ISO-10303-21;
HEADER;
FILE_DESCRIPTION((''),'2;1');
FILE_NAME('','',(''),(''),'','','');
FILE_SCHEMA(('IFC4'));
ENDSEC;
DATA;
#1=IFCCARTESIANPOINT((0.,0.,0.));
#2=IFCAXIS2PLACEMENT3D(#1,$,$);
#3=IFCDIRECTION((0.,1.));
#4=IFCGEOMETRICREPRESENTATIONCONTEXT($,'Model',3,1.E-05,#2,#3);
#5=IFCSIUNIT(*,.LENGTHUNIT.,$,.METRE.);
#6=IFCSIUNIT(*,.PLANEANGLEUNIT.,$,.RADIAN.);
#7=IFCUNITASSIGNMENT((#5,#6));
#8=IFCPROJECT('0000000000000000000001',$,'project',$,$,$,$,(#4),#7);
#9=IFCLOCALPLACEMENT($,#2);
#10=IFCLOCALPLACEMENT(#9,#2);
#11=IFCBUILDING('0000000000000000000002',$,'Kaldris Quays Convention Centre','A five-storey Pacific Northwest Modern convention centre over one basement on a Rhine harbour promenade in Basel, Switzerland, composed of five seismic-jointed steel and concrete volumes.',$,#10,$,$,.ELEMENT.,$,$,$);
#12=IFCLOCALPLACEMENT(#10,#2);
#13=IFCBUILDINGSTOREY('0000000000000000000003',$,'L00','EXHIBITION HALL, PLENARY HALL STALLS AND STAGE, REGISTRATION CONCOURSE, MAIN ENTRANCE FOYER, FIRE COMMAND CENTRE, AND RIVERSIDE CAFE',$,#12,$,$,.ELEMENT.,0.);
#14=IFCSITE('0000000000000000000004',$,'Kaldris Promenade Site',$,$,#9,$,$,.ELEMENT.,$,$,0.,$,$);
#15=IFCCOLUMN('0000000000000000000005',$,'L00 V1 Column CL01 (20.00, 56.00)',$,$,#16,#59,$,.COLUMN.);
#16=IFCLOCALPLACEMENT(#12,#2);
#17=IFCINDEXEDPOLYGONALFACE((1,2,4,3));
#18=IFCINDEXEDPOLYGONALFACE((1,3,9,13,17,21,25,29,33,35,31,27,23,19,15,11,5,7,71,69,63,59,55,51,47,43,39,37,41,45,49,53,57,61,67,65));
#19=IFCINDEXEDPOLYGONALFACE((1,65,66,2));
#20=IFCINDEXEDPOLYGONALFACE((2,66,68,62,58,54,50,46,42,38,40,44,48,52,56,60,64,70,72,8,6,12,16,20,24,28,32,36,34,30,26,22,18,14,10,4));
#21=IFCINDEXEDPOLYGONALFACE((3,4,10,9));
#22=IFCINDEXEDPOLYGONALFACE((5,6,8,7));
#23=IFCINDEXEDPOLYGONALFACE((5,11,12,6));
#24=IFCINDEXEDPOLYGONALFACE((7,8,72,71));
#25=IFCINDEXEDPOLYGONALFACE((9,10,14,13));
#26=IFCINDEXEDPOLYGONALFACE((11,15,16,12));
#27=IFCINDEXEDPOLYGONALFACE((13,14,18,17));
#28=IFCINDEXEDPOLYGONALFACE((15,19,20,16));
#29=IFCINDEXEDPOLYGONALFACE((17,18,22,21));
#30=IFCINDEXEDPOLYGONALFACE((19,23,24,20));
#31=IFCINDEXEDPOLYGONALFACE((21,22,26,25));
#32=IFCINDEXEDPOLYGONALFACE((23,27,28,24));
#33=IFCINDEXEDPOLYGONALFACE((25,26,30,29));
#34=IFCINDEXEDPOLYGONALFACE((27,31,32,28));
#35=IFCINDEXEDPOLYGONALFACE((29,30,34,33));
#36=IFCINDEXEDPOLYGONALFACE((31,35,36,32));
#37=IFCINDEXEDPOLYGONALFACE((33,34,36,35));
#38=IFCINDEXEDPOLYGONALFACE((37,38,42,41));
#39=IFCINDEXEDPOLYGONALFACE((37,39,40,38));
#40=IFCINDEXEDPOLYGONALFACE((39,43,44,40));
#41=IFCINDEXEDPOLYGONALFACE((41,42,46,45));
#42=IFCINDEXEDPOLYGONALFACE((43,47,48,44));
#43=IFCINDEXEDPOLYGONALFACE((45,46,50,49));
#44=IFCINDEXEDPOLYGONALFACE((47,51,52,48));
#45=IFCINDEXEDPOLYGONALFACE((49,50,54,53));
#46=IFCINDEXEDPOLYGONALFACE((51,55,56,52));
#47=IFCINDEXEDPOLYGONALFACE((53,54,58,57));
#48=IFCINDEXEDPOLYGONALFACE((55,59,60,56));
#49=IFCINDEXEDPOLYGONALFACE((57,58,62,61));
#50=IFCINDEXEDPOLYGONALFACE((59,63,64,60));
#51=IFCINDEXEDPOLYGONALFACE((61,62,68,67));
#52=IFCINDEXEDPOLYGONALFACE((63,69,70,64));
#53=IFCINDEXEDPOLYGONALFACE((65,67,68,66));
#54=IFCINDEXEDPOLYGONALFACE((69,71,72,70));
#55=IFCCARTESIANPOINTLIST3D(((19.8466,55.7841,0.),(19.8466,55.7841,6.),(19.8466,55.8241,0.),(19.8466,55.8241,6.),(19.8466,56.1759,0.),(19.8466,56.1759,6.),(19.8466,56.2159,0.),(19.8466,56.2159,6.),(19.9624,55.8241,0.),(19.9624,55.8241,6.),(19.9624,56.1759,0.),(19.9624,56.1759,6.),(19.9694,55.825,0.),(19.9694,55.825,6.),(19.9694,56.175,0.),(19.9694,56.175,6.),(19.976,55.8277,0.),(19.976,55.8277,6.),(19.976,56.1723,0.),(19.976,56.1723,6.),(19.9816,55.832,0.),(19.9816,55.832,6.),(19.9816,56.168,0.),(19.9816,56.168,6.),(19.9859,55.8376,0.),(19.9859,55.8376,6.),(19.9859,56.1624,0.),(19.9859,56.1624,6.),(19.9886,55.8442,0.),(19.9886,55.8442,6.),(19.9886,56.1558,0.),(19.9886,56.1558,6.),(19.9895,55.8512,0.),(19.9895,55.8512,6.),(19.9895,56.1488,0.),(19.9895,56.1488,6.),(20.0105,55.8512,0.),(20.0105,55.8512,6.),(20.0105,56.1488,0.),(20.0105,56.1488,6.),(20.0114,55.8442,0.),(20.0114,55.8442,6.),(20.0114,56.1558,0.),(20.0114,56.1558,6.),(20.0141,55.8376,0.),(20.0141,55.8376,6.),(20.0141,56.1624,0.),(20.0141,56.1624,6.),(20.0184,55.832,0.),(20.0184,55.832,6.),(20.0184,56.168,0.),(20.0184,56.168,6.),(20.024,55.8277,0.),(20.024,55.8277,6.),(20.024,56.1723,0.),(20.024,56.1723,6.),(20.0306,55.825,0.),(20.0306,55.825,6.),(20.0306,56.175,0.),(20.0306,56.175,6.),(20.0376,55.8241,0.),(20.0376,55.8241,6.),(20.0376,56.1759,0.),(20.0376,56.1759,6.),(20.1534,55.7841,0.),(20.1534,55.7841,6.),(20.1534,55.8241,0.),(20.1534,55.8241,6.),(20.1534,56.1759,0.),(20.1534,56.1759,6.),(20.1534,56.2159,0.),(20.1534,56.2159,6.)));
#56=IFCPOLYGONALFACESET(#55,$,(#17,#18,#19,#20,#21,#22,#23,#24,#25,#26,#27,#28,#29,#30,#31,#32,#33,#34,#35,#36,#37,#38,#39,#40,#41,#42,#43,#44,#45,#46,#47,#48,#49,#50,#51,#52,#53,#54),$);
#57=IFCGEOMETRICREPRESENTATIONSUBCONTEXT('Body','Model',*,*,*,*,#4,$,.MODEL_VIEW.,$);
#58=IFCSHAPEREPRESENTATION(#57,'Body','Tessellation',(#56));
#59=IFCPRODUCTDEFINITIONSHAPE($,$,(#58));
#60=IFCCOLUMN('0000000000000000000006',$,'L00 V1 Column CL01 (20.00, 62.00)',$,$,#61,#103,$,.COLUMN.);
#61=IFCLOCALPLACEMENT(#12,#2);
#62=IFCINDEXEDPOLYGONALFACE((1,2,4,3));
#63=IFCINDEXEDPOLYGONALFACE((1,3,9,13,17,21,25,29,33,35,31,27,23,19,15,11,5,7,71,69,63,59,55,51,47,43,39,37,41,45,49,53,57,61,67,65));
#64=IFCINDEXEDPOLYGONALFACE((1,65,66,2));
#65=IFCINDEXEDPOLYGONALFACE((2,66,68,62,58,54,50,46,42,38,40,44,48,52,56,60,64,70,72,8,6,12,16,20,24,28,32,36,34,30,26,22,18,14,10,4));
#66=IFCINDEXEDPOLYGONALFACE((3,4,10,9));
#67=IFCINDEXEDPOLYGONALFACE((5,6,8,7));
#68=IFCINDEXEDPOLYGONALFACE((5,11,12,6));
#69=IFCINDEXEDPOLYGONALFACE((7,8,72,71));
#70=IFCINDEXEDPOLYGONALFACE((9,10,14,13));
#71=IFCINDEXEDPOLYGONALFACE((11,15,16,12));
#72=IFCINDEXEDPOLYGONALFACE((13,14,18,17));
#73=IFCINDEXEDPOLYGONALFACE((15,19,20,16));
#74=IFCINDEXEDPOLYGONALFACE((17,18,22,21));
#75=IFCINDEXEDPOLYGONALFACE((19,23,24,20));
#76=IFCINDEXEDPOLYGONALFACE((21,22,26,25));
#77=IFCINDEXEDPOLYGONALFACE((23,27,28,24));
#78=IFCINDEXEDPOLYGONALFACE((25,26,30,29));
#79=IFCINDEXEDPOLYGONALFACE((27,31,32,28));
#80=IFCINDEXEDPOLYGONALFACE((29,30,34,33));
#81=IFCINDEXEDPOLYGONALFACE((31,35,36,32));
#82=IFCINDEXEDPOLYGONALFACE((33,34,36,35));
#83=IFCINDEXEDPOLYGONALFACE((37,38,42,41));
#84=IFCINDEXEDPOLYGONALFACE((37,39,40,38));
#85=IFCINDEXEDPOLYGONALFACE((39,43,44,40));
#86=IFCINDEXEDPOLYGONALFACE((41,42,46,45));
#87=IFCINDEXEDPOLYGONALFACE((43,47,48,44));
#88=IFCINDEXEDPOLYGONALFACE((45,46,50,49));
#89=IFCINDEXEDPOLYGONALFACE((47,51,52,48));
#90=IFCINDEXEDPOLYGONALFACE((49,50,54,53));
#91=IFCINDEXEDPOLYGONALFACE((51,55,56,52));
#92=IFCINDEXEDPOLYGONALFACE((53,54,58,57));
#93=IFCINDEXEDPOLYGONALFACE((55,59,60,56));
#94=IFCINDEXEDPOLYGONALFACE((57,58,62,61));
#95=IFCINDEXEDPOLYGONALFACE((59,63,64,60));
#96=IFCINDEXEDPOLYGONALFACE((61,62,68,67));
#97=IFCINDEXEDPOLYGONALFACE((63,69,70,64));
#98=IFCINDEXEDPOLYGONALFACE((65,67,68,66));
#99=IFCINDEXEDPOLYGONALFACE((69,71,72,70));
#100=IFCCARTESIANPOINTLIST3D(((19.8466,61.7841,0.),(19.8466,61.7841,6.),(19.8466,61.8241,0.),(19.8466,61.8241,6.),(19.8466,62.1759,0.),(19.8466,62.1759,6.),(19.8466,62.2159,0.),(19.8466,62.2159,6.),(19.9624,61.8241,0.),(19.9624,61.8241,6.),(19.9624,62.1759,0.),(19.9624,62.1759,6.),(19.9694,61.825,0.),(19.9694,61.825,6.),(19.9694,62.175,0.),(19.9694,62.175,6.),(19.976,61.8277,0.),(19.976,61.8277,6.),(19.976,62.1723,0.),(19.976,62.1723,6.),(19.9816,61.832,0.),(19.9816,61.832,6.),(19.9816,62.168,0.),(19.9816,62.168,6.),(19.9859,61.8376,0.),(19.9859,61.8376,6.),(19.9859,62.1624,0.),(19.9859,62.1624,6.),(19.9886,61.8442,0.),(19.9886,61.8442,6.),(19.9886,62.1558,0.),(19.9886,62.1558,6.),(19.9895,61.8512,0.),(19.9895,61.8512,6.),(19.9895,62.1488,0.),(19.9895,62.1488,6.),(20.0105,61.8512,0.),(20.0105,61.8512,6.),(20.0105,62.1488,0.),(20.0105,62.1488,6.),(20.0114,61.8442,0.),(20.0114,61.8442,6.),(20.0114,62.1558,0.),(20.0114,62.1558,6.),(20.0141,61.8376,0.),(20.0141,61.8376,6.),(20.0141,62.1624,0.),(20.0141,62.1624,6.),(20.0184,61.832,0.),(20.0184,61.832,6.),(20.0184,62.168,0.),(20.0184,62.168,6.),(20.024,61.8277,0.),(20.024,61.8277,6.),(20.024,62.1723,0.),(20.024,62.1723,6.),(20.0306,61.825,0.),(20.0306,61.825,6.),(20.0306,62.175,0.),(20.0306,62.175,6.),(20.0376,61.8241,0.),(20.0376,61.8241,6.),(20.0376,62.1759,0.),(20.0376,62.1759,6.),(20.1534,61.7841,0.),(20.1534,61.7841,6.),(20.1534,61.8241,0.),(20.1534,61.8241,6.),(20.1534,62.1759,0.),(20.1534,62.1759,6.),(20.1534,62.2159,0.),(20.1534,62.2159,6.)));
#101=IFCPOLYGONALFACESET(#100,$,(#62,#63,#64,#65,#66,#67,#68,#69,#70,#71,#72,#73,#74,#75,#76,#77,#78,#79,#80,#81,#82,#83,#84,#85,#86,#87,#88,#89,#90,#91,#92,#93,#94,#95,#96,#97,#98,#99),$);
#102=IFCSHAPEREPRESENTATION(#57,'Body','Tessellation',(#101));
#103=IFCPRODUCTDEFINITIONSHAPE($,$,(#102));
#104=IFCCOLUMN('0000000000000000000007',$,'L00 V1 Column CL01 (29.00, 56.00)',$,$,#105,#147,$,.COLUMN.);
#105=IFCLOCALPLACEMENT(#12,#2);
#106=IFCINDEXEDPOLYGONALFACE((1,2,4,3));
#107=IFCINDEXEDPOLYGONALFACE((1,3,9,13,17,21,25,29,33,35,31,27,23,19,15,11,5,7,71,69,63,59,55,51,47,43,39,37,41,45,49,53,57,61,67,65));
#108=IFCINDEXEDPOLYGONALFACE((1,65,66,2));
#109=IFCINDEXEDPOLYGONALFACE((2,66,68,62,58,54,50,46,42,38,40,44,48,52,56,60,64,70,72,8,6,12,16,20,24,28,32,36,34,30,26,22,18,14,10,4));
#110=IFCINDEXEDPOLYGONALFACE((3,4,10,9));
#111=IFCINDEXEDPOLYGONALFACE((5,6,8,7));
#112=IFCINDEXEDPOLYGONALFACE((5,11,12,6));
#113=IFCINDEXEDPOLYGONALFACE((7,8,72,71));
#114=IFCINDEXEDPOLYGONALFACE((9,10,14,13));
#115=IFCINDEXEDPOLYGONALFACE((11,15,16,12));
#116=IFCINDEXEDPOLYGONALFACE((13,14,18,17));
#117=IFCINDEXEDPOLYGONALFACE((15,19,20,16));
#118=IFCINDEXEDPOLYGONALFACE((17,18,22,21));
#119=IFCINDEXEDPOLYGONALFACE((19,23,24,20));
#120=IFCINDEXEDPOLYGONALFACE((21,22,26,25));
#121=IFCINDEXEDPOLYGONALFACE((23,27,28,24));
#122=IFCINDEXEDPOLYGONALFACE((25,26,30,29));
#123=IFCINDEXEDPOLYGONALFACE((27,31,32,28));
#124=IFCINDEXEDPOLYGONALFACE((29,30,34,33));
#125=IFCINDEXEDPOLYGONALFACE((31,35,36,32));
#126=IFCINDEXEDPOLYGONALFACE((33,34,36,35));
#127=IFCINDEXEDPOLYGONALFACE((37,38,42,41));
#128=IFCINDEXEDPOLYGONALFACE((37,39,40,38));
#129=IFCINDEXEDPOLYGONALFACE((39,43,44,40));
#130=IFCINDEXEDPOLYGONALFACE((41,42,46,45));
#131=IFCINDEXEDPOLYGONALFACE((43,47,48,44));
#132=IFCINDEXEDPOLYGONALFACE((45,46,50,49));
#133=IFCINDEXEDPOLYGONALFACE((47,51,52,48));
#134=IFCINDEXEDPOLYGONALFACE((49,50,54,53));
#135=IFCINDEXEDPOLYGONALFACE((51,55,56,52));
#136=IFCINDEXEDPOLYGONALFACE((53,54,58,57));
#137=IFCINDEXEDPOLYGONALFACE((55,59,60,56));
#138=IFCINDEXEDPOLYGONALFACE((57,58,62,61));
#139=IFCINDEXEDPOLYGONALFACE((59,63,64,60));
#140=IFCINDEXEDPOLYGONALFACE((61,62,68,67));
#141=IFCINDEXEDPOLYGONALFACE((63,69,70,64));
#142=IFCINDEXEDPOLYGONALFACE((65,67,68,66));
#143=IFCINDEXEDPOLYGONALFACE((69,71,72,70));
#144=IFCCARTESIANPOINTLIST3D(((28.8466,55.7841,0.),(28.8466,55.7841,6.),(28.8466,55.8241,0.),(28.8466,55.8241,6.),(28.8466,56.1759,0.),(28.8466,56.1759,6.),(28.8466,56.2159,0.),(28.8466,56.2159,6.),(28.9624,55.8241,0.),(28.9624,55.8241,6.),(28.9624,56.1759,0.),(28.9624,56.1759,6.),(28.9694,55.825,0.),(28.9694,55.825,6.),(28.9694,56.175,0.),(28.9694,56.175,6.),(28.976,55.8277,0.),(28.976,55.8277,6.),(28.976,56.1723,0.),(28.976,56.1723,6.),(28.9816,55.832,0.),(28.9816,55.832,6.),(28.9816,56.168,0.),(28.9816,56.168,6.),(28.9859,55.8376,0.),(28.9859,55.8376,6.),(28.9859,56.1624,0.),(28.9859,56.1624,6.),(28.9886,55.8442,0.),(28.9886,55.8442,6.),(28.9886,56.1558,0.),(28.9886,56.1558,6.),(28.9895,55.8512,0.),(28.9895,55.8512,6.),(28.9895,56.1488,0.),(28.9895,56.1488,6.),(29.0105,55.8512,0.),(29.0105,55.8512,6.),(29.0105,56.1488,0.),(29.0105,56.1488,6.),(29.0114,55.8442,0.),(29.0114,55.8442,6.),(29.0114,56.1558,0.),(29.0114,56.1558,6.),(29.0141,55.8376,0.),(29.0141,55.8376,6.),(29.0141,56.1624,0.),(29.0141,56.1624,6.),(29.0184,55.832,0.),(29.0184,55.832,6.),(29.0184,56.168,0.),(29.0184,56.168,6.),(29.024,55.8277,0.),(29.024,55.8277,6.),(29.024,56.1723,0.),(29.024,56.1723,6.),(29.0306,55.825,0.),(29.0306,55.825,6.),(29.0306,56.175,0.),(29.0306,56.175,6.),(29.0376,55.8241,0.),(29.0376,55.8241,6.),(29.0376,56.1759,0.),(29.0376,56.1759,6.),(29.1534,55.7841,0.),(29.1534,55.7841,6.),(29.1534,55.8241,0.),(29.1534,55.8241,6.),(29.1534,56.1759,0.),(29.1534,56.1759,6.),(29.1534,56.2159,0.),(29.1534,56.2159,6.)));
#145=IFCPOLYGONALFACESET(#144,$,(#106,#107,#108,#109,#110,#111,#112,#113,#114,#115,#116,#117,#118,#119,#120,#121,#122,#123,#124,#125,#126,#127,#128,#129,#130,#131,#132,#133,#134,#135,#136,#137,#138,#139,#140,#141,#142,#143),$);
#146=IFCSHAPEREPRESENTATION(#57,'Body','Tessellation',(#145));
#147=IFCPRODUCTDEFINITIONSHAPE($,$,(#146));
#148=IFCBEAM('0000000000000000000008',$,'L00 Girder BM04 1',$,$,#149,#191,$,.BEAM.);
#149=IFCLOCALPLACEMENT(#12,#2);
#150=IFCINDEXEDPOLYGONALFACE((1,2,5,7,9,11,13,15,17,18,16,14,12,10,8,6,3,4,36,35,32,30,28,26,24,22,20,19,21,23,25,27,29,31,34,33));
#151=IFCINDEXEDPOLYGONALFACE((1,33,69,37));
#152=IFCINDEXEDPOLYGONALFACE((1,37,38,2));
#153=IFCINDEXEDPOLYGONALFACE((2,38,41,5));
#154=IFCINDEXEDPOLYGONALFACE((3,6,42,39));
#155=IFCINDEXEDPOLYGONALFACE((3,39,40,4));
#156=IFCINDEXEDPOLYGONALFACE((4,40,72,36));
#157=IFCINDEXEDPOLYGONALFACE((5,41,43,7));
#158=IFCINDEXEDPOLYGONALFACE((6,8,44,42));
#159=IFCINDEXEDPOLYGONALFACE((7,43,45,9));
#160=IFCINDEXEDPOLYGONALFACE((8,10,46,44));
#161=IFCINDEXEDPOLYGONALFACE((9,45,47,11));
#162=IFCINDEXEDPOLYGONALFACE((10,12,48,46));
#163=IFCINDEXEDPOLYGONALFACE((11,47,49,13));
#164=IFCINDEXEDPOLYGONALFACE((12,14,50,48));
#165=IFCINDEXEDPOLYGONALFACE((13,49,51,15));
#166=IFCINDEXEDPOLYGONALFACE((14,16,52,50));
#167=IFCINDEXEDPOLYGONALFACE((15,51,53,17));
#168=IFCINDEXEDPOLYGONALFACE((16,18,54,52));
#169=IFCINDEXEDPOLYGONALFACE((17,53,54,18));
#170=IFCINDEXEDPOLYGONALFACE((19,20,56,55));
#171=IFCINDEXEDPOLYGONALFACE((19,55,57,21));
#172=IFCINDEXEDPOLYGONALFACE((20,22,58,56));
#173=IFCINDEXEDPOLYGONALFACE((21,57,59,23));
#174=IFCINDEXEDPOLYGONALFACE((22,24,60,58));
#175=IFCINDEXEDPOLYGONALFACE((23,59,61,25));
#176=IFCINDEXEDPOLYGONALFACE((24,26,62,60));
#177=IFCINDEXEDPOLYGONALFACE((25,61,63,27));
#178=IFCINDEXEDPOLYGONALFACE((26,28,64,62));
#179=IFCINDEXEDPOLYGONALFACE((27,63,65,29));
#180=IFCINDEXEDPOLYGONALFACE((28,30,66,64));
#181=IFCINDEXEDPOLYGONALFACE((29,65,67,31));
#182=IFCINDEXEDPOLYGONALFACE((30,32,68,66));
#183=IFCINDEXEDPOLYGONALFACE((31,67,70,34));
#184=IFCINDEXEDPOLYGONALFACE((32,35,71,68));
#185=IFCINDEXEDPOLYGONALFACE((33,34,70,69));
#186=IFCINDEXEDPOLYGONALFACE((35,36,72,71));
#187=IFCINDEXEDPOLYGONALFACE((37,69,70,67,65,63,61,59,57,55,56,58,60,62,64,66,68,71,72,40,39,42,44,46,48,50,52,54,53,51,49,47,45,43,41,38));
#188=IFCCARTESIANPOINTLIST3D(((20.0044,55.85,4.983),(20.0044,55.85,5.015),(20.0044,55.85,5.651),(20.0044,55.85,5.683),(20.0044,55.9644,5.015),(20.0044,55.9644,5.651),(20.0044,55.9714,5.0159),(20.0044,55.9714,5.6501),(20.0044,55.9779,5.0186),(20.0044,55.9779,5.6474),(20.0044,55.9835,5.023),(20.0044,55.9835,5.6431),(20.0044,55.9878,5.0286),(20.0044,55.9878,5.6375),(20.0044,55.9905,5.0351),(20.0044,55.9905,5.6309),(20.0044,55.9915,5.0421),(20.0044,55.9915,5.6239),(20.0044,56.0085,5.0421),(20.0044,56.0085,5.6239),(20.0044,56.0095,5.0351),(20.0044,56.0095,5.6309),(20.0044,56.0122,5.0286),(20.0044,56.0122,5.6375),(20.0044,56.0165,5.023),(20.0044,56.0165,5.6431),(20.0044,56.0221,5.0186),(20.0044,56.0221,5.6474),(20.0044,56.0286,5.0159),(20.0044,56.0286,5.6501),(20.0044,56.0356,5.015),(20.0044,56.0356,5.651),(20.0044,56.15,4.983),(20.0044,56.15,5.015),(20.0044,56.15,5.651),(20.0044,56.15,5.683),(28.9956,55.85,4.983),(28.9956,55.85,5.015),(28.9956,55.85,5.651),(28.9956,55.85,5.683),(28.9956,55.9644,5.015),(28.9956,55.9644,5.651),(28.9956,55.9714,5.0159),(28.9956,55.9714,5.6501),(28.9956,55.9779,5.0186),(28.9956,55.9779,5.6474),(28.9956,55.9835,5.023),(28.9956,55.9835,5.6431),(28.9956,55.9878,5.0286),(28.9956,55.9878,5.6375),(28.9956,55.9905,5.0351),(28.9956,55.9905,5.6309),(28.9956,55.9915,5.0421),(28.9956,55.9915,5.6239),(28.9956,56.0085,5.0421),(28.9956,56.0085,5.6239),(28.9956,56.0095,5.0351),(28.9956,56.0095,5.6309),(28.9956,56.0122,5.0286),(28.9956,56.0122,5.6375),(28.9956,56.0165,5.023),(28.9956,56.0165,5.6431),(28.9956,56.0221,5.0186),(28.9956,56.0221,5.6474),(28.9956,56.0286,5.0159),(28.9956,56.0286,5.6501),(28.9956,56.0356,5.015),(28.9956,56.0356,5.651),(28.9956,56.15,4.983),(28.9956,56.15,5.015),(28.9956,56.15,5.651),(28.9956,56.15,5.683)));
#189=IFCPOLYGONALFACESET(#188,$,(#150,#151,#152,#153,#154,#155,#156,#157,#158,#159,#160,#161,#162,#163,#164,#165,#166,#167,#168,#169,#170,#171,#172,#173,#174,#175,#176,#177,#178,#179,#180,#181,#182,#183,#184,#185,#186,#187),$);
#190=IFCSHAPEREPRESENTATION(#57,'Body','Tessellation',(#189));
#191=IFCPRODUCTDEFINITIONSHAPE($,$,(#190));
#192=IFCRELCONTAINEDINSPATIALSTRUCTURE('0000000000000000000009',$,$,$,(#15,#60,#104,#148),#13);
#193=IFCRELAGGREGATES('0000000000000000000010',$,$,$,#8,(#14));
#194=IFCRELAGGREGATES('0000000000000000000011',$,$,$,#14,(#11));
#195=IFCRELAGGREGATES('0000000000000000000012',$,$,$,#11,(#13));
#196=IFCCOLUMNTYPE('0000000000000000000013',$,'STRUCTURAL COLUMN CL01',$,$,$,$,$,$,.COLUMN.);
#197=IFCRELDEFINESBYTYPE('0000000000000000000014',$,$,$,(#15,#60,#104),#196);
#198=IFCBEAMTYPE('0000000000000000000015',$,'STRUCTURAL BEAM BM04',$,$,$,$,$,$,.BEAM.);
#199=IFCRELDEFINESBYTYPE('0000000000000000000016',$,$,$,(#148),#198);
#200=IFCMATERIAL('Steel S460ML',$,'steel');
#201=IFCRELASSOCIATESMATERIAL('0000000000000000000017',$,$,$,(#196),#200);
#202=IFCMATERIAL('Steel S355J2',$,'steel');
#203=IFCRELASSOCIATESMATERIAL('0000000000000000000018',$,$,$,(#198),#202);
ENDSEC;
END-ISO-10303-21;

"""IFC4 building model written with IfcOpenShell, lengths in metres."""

from ifc_helpers import new_model, si_unit, direction, frame, origin, origin_2d, place, context, subcontext, project, spatial, i_section, extrude, material, material_profile, profile_set, type_object, element, save


model = new_model("IFC4")

# Units and contexts
model_context = context("Model", 3, precision=1e-05, world=origin(), true_north=direction((0.0, 1.0)))
body_context = subcontext(model_context, "Body", "Model", "MODEL_VIEW")
ifc_project = project(units=[si_unit("LENGTHUNIT", "METRE"), si_unit("PLANEANGLEUNIT", "RADIAN")], contexts=[model_context])

# Site, building, storey
site_placement = place(None, origin())
site = spatial("IfcSite", under=ifc_project, at=site_placement, Name="Kaldris Promenade Site", CompositionType="ELEMENT", RefElevation=0.0)
building_placement = place(site_placement, origin())
building = spatial("IfcBuilding", under=site, at=building_placement, Name="Kaldris Quays Convention Centre", Description="A five-storey Pacific Northwest Modern convention centre over one basement on a Rhine harbour promenade in Basel, Switzerland, composed of five seismic-jointed steel and concrete volumes.", CompositionType="ELEMENT")
storey_placement = place(building_placement, origin())
storey = spatial("IfcBuildingStorey", under=building, at=storey_placement, Name="L00", Description="EXHIBITION HALL, PLENARY HALL STALLS AND STAGE, REGISTRATION CONCOURSE, MAIN ENTRANCE FOYER, FIRE COMMAND CENTRE, AND RIVERSIDE CAFE", CompositionType="ELEMENT", Elevation=0.0)

# Columns
ifc_material_1 = material(Name="Steel S460ML", Category="steel")
ifc_material_profile_1 = material_profile(ifc_material_1, i_section(OverallWidth=0.3069, OverallDepth=0.4319, WebThickness=0.021, FlangeThickness=0.04, FilletRadius=0.0271, at=origin_2d()), Name="HEM 400")
ifc_profile_set_1 = profile_set([ifc_material_profile_1], Name="Steel S460ML")
column_type = type_object("IfcColumnType", Name="STRUCTURAL COLUMN CL01", PredefinedType="COLUMN", material=ifc_profile_set_1)
for number, where, z_axis, x_axis, name in (
    (1, (20.0, 56.0, 0.0), (0.0, 0.0, 1.0), (1.0, 0.0, 0.0), "L00 V1 Column CL01 (20.00, 56.00)"),
    (2, (20.0, 62.0, 0.0), (0.0, 0.0, 1.0), (1.0, 0.0, 0.0), "L00 V1 Column CL01 (20.00, 62.00)"),
    (3, (29.0, 56.0, 0.0), (0.0, 0.0, 1.0), (1.0, 0.0, 0.0), "L00 V1 Column CL01 (29.00, 56.00)"),
):
    element("IfcColumn", number, at=place(storey_placement, frame(where, z_axis=z_axis, x_axis=x_axis)), inside=storey, type_object=column_type, Name=name, PredefinedType="COLUMN", context=body_context, shape_type="SweptSolid", body=[
        extrude(i_section(OverallWidth=0.3069, OverallDepth=0.4319, WebThickness=0.021, FlangeThickness=0.04, FilletRadius=0.0271, at=origin_2d()), origin(), (0.0, 0.0, 1.0), 6.0),
    ])

# Beam
ifc_material_2 = material(Name="Steel S355J2", Category="steel")
ifc_material_profile_2 = material_profile(ifc_material_2, i_section(OverallWidth=0.3, OverallDepth=0.7, WebThickness=0.0171, FlangeThickness=0.032, FilletRadius=0.0271, at=origin_2d()), Name="HEB 700")
ifc_profile_set_2 = profile_set([ifc_material_profile_2], Name="Steel S355J2")
beam_type_1 = type_object("IfcBeamType", Name="STRUCTURAL BEAM BM04", PredefinedType="BEAM", material=ifc_profile_set_2)
for number, where, z_axis, x_axis, name in (
    (4, (20.0044, 56.0, 5.333), (1.0, 0.0, 0.0), (0.0, 1.0, 0.0), "L00 Girder BM04 1"),
):
    element("IfcBeam", number, at=place(storey_placement, frame(where, z_axis=z_axis, x_axis=x_axis)), inside=storey, type_object=beam_type_1, Name=name, PredefinedType="BEAM", context=body_context, shape_type="SweptSolid", body=[
        extrude(i_section(OverallWidth=0.3, OverallDepth=0.7, WebThickness=0.0171, FlangeThickness=0.032, FilletRadius=0.0271, at=origin_2d()), origin(), (0.0, 0.0, 1.0), 8.9912),
    ])

save(model, "model.ifc")
